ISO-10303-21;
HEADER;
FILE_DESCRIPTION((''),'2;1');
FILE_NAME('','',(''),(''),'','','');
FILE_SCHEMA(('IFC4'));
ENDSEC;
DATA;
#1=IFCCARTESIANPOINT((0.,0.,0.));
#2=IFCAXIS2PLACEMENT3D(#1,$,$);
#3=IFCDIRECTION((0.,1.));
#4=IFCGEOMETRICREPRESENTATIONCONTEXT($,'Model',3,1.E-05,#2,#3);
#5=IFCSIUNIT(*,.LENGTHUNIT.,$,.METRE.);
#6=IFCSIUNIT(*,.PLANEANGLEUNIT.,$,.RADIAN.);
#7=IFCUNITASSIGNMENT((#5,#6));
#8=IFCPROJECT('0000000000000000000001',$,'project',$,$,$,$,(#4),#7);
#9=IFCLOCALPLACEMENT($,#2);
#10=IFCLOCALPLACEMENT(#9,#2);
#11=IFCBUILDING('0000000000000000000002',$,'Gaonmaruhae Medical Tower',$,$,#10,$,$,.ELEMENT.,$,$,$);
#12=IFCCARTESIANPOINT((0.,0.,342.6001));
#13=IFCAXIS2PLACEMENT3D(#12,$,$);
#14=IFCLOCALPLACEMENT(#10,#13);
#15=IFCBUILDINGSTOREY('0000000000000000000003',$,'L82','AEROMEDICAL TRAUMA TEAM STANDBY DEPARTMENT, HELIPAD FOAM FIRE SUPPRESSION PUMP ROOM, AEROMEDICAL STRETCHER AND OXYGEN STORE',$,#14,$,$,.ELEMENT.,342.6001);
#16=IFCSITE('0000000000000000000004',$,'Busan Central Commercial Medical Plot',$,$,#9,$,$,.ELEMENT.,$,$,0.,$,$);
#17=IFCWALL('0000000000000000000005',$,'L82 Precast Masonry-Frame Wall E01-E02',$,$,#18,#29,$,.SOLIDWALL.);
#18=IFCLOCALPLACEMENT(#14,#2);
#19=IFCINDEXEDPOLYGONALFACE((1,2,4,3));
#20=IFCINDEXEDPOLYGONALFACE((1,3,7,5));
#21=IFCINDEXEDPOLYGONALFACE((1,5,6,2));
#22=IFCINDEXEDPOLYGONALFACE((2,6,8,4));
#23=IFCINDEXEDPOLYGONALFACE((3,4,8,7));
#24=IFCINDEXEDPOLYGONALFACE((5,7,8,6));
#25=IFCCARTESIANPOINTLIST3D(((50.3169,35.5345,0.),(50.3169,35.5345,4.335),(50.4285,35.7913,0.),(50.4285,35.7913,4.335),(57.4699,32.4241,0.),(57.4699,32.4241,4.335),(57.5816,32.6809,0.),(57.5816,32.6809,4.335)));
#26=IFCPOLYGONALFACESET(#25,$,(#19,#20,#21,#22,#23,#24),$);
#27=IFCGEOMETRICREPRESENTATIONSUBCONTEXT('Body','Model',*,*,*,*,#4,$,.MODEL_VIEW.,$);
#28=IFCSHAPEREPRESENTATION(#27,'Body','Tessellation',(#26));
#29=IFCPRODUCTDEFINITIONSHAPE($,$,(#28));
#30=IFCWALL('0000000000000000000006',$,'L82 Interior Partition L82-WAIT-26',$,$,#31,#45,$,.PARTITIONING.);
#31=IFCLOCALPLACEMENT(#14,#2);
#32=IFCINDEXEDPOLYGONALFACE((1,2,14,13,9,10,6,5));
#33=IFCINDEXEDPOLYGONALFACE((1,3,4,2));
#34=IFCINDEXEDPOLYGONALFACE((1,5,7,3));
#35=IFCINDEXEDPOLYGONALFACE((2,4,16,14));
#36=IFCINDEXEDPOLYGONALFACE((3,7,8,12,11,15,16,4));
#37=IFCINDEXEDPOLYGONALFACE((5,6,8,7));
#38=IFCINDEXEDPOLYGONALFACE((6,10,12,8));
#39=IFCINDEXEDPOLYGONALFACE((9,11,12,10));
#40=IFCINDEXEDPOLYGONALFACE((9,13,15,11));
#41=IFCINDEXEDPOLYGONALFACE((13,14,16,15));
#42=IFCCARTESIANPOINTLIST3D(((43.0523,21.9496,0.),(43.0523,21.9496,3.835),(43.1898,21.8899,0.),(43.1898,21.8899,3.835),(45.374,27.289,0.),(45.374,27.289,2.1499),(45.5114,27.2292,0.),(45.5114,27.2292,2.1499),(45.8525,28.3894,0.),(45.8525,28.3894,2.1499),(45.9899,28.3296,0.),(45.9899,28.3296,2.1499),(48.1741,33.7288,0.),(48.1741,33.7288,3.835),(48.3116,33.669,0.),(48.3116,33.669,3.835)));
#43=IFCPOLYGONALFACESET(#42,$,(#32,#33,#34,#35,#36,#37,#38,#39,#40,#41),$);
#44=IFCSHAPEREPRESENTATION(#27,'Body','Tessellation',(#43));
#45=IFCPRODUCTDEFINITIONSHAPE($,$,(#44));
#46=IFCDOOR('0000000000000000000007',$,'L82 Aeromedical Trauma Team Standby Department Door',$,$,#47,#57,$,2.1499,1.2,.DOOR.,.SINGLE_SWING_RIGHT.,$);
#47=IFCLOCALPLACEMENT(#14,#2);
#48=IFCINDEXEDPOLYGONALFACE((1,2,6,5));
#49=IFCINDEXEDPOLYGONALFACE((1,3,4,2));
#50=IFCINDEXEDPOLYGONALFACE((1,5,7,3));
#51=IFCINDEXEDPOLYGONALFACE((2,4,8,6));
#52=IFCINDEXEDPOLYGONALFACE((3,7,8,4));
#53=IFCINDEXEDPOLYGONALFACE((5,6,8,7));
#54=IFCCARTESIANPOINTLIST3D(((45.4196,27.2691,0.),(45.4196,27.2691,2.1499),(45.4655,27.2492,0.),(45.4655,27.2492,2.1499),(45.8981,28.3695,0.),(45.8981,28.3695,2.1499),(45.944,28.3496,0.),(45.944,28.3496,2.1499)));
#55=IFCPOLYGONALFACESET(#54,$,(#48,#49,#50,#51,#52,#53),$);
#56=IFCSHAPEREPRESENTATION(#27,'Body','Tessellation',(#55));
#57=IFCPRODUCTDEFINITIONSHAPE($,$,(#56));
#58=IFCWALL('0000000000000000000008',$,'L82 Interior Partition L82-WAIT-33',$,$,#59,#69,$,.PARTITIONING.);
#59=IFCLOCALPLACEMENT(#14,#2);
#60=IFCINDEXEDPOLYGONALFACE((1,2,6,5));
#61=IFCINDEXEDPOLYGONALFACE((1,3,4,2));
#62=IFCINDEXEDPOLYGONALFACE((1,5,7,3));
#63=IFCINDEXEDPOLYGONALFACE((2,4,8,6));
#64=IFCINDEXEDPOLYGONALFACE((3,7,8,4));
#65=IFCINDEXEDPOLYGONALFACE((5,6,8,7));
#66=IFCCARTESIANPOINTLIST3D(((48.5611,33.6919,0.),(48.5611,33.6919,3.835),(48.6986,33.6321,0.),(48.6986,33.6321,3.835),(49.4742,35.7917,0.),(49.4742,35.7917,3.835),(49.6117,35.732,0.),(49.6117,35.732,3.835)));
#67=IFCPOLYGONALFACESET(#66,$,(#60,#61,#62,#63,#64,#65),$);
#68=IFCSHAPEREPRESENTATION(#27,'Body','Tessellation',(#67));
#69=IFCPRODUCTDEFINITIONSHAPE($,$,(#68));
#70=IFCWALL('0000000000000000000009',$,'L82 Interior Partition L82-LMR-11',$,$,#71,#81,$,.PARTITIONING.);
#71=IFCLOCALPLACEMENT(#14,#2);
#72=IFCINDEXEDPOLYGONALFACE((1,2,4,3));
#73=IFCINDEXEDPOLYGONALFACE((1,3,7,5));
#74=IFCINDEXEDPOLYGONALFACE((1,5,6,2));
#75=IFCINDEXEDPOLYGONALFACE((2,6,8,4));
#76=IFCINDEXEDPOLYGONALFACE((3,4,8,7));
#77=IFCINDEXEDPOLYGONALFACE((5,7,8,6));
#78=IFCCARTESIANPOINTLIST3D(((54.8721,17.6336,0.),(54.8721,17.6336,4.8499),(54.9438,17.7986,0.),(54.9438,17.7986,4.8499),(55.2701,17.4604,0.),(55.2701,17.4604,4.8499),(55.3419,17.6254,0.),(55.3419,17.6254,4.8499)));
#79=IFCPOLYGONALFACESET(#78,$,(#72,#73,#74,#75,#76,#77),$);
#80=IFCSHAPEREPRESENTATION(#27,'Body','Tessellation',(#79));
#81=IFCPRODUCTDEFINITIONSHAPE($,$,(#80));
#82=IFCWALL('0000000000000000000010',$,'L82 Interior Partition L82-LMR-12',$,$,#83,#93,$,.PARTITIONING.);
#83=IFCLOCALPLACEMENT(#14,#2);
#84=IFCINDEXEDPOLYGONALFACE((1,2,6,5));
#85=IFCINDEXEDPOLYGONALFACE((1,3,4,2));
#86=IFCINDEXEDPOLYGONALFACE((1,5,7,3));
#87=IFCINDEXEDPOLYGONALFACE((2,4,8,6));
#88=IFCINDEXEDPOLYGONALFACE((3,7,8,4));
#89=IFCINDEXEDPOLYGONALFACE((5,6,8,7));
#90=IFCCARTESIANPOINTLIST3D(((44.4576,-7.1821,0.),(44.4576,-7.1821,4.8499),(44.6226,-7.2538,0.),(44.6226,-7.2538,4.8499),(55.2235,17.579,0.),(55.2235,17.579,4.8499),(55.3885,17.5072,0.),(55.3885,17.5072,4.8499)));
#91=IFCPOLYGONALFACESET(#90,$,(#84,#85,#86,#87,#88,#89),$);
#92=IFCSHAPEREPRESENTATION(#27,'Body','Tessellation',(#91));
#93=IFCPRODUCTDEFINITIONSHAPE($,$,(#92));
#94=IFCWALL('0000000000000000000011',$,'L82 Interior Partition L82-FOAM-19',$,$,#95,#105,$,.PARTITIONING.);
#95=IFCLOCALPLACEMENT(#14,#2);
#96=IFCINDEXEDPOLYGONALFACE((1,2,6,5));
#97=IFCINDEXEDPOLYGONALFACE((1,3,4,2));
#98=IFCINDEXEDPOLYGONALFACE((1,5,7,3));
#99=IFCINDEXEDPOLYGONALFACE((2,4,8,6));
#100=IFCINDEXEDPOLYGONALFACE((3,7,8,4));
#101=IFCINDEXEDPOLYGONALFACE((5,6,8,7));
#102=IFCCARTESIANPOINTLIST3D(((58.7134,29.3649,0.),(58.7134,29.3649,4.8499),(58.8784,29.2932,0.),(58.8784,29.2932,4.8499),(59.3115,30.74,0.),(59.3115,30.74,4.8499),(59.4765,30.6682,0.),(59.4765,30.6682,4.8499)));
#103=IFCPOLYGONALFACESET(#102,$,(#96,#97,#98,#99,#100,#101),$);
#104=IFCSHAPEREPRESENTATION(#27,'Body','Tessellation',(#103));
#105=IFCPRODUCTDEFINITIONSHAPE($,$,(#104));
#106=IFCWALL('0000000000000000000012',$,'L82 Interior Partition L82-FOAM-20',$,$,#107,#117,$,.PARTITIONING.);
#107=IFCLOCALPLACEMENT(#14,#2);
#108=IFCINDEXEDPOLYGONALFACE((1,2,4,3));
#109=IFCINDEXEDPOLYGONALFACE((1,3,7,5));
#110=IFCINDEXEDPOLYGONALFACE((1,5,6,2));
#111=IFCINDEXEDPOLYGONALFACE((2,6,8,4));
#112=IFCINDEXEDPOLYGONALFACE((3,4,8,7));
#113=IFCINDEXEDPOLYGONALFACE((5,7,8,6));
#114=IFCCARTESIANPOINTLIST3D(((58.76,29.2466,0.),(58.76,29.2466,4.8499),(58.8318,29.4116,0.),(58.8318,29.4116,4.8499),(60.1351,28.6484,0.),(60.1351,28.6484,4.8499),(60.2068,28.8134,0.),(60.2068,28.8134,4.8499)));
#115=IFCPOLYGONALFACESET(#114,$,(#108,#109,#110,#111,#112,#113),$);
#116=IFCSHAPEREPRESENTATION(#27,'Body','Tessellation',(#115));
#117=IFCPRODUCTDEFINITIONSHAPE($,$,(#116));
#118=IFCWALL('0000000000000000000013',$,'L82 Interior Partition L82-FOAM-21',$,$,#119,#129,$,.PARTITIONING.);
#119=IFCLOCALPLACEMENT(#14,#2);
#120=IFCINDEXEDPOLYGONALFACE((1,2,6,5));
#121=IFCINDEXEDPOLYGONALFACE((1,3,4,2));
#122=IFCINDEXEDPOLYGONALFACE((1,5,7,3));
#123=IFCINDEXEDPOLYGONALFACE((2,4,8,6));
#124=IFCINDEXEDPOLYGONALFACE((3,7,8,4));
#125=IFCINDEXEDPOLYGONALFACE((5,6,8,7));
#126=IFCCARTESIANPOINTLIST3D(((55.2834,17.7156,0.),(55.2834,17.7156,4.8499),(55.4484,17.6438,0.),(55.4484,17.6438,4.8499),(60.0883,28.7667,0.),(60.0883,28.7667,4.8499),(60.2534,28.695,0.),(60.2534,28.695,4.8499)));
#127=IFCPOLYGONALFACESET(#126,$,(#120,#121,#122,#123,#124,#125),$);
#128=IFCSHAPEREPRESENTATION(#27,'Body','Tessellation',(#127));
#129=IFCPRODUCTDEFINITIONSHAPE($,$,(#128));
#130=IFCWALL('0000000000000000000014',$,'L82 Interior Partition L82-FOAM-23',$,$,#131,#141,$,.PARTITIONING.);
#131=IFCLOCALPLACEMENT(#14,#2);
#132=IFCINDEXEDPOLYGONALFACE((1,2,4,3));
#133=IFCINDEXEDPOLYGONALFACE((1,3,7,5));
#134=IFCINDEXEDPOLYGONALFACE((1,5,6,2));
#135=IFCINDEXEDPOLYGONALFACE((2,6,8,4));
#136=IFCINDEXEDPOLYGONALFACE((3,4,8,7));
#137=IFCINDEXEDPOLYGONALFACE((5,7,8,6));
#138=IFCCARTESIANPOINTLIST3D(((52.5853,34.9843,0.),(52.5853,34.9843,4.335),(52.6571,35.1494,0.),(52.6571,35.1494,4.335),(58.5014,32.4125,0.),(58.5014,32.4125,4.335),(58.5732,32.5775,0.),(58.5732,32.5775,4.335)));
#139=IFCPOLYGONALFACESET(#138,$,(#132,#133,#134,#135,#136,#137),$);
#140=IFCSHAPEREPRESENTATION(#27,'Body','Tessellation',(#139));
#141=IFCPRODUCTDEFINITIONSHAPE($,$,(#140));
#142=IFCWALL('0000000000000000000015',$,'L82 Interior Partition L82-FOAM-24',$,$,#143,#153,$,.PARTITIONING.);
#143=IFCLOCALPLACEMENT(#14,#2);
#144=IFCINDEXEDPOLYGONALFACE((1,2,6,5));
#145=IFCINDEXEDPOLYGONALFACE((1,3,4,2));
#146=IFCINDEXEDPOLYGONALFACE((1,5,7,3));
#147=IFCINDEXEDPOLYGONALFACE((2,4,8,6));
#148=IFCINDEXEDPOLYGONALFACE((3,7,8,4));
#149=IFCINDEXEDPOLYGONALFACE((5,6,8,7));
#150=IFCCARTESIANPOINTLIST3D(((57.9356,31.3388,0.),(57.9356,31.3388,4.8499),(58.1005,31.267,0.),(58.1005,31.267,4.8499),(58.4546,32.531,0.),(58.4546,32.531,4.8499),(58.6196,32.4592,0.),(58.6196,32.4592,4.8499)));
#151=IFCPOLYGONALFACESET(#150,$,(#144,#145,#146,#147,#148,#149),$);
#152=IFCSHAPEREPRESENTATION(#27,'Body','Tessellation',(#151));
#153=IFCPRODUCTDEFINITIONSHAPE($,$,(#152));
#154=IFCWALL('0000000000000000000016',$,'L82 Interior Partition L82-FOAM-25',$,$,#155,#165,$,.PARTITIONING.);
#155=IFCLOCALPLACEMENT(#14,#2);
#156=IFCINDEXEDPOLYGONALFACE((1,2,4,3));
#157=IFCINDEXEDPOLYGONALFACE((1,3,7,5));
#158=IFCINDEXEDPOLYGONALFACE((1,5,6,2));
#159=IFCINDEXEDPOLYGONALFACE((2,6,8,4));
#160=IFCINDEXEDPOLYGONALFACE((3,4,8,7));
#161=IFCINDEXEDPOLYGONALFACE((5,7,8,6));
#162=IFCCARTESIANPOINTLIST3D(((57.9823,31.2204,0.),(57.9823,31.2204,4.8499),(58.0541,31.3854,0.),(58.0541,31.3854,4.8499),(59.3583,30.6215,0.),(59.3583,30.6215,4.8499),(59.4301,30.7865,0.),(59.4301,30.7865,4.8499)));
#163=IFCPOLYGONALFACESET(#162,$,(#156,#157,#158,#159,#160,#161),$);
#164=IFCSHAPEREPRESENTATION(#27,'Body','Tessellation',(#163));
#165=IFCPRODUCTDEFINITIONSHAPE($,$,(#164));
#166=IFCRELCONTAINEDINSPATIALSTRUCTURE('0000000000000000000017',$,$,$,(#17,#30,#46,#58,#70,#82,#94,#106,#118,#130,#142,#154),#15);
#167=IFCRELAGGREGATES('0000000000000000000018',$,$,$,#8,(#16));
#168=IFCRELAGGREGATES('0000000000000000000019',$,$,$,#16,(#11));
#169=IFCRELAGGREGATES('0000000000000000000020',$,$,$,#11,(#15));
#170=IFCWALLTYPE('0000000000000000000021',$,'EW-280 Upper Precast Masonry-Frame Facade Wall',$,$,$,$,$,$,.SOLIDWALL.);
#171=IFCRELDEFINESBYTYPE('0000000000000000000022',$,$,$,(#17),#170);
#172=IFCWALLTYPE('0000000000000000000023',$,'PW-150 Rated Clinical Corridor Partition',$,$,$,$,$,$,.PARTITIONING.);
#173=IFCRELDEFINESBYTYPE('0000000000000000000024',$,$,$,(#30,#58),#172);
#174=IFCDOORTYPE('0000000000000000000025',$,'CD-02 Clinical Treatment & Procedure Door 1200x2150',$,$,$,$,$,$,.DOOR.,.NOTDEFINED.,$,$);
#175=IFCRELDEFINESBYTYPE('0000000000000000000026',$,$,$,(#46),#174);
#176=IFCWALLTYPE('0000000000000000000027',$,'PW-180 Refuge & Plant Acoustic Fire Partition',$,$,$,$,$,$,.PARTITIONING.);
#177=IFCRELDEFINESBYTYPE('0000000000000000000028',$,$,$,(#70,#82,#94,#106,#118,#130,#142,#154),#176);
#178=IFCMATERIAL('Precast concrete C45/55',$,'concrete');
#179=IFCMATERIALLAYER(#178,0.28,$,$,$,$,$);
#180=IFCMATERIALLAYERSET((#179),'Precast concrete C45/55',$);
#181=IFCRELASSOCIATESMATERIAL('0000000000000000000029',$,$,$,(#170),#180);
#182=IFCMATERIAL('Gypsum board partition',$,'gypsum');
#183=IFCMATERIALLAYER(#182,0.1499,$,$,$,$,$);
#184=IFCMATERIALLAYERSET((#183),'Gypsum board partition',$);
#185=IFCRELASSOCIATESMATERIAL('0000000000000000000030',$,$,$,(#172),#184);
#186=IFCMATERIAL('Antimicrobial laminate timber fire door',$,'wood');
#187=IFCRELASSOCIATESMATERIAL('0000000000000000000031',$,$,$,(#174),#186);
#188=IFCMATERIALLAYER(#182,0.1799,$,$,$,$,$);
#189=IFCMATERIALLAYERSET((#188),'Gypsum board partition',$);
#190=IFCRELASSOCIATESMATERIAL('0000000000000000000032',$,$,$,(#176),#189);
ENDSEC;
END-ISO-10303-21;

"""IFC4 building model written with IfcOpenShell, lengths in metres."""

from ifc_helpers import new_model, si_unit, direction, frame, frame_2d, origin, place, context, subcontext, project, spatial, rectangle, extrude, material, layer, layer_set, type_object, element, fill, save


model = new_model("IFC4")

# Units and contexts
model_context = context("Model", 3, precision=1e-05, world=origin(), true_north=direction((0.0, 1.0)))
body_context = subcontext(model_context, "Body", "Model", "MODEL_VIEW")
ifc_project = project(units=[si_unit("LENGTHUNIT", "METRE"), si_unit("PLANEANGLEUNIT", "RADIAN")], contexts=[model_context])

# Site, building, storey
site_placement = place(None, origin())
site = spatial("IfcSite", under=ifc_project, at=site_placement, Name="Busan Central Commercial Medical Plot", CompositionType="ELEMENT", RefElevation=0.0)
building_placement = place(site_placement, origin())
building = spatial("IfcBuilding", under=site, at=building_placement, Name="Gaonmaruhae Medical Tower", CompositionType="ELEMENT")
storey_placement = place(building_placement, frame((0.0, 0.0, 342.6001)))
storey = spatial("IfcBuildingStorey", under=building, at=storey_placement, Name="L82", Description="AEROMEDICAL TRAUMA TEAM STANDBY DEPARTMENT, HELIPAD FOAM FIRE SUPPRESSION PUMP ROOM, AEROMEDICAL STRETCHER AND OXYGEN STORE", CompositionType="ELEMENT", Elevation=342.6001)

# Shared definitions
ifc_material_1 = material(Name="Precast concrete C45/55", Category="concrete")
ifc_layer_1 = layer(ifc_material_1, 0.28)
ifc_layer_set_1 = layer_set([ifc_layer_1], Name="Precast concrete C45/55")
wall_type_1 = type_object("IfcWallType", Name="EW-280 Upper Precast Masonry-Frame Facade Wall", PredefinedType="SOLIDWALL", material=ifc_layer_set_1)

# Wall
wall_1_placement = place(storey_placement, frame((50.3728, 35.6628, 0.0), z_axis=(0.0, 0.0, 1.0), x_axis=(0.917055, -0.39876, 0.0)))
element("IfcWall", 1, at=wall_1_placement, inside=storey, type_object=wall_type_1, Name="L82 Precast Masonry-Frame Wall E01-E02", PredefinedType="SOLIDWALL", context=body_context, shape_type="SweptSolid", body=[
    extrude(rectangle(XDim=7.8, YDim=0.28, at=frame_2d((3.8999, 0.0))), origin(), (0.0, 0.0, 1.0), 4.335),
])

# Wall, opening, door
ifc_material_2 = material(Name="Gypsum board partition", Category="gypsum")
ifc_layer_2 = layer(ifc_material_2, 0.1499)
ifc_layer_set_2 = layer_set([ifc_layer_2], Name="Gypsum board partition")
wall_type_2 = type_object("IfcWallType", Name="PW-150 Rated Clinical Corridor Partition", PredefinedType="PARTITIONING", material=ifc_layer_set_2)
wall_2_placement = place(storey_placement, frame((48.2429, 33.699, 0.0), z_axis=(0.0, 0.0, 1.0), x_axis=(-0.398759, -0.917056, 0.0)))
wall_2 = element("IfcWall", 2, at=wall_2_placement, inside=storey, type_object=wall_type_2, Name="L82 Interior Partition L82-WAIT-26", PredefinedType="PARTITIONING", context=body_context, shape_type="SweptSolid", body=[
    extrude(rectangle(XDim=12.8445, YDim=0.1499, at=frame_2d((6.4224, 0.0))), origin(), (0.0, 0.0, 1.0), 3.835),
])
opening_1_placement = place(wall_2_placement, frame((5.8223, 0.0, 0.0)))
opening_1 = element("IfcOpeningElement", 3, at=opening_1_placement, cuts=wall_2, PredefinedType="OPENING", context=body_context, shape_type="SweptSolid", body=[
    extrude(rectangle(XDim=1.2, YDim=2.1499, at=frame_2d((0.6001, 1.075))), frame((0.0, 0.085, 0.0), z_axis=(0.0, -1.0, 0.0), x_axis=(1.0, 0.0, 0.0)), (0.0, 0.0, 1.0), 0.1699),
])
ifc_material_3 = material(Name="Antimicrobial laminate timber fire door", Category="wood")
door_type = type_object("IfcDoorType", Name="CD-02 Clinical Treatment & Procedure Door 1200x2150", OperationType="NOTDEFINED", PredefinedType="DOOR", material=ifc_material_3)
door_placement = place(opening_1_placement, origin())
door = element("IfcDoor", 4, at=door_placement, inside=storey, type_object=door_type, Name="L82 Aeromedical Trauma Team Standby Department Door", OperationType="SINGLE_SWING_RIGHT", OverallHeight=2.1499, OverallWidth=1.2, PredefinedType="DOOR", context=body_context, shape_type="SweptSolid", body=[
    extrude(rectangle(XDim=1.2, YDim=2.1499, at=frame_2d((0.6001, 1.075))), frame((0.0, 0.0249, 0.0), z_axis=(0.0, -1.0, 0.0), x_axis=(1.0, 0.0, 0.0)), (0.0, 0.0, 1.0), 0.05),
])
fill(opening_1, door)

# Walls
wall_3_placement = place(storey_placement, frame((49.543, 35.762, 0.0), z_axis=(0.0, 0.0, 1.0), x_axis=(-0.398765, -0.917053, 0.0)))
element("IfcWall", 5, at=wall_3_placement, inside=storey, type_object=wall_type_2, Name="L82 Interior Partition L82-WAIT-33", PredefinedType="PARTITIONING", context=body_context, shape_type="SweptSolid", body=[
    extrude(rectangle(XDim=2.2898, YDim=0.1499, at=frame_2d((1.145, 0.0))), origin(), (0.0, 0.0, 1.0), 3.835),
])
ifc_layer_3 = layer(ifc_material_2, 0.1799)
ifc_layer_set_3 = layer_set([ifc_layer_3], Name="Gypsum board partition")
wall_type_3 = type_object("IfcWallType", Name="PW-180 Refuge & Plant Acoustic Fire Partition", PredefinedType="PARTITIONING", material=ifc_layer_set_3)
wall_4_placement = place(storey_placement, frame((54.908, 17.7161, 0.0), z_axis=(0.0, 0.0, 1.0), x_axis=(0.917007, -0.39887, 0.0)))
element("IfcWall", 6, at=wall_4_placement, inside=storey, type_object=wall_type_3, Name="L82 Interior Partition L82-LMR-11", PredefinedType="PARTITIONING", context=body_context, shape_type="SweptSolid", body=[
    extrude(rectangle(XDim=0.4341, YDim=0.1799, at=frame_2d((0.217, 0.0))), origin(), (0.0, 0.0, 1.0), 4.8499),
])
wall_5_placement = place(storey_placement, frame((55.3059, 17.543, 0.0), z_axis=(0.0, 0.0, 1.0), x_axis=(-0.398733, -0.917067, 0.0)))
element("IfcWall", 7, at=wall_5_placement, inside=storey, type_object=wall_type_3, Name="L82 Interior Partition L82-LMR-12", PredefinedType="PARTITIONING", context=body_context, shape_type="SweptSolid", body=[
    extrude(rectangle(XDim=27.0002, YDim=0.1799, at=frame_2d((13.5, 0.0))), origin(), (0.0, 0.0, 1.0), 4.8499),
])
for number, where, z_axis, x_axis, name in (
    (8, (59.394, 30.7041, 0.0), (0.0, 0.0, 1.0), (-0.398905, -0.916992, 0.0), "L82 Interior Partition L82-FOAM-19"),
    (9, (58.7959, 29.3291, 0.0), (0.0, 0.0, 1.0), (0.916992, -0.398905, 0.0), "L82 Interior Partition L82-FOAM-20"),
):
    element("IfcWall", number, at=place(storey_placement, frame(where, z_axis=z_axis, x_axis=x_axis)), inside=storey, type_object=wall_type_3, Name=name, PredefinedType="PARTITIONING", context=body_context, shape_type="SweptSolid", body=[
        extrude(rectangle(XDim=1.4995, YDim=0.1799, at=frame_2d((0.7498, 0.0))), origin(), (0.0, 0.0, 1.0), 4.8499),
    ])
wall_6_placement = place(storey_placement, frame((60.1709, 28.731, 0.0), z_axis=(0.0, 0.0, 1.0), x_axis=(-0.398736, -0.917066, 0.0)))
element("IfcWall", 10, at=wall_6_placement, inside=storey, type_object=wall_type_3, Name="L82 Interior Partition L82-FOAM-21", PredefinedType="PARTITIONING", context=body_context, shape_type="SweptSolid", body=[
    extrude(rectangle(XDim=12.0505, YDim=0.1799, at=frame_2d((6.0254, 0.0))), origin(), (0.0, 0.0, 1.0), 4.8499),
])
wall_7_placement = place(storey_placement, frame((52.6211, 35.0669, 0.0), z_axis=(0.0, 0.0, 1.0), x_axis=(0.917093, -0.398674, 0.0)))
element("IfcWall", 11, at=wall_7_placement, inside=storey, type_object=wall_type_3, Name="L82 Interior Partition L82-FOAM-23", PredefinedType="PARTITIONING", context=body_context, shape_type="SweptSolid", body=[
    extrude(rectangle(XDim=6.4509, YDim=0.1799, at=frame_2d((3.2256, 0.0))), origin(), (0.0, 0.0, 1.0), 4.335),
])
wall_8_placement = place(storey_placement, frame((58.5371, 32.4951, 0.0), z_axis=(0.0, 0.0, 1.0), x_axis=(-0.399193, -0.916867, 0.0)))
element("IfcWall", 12, at=wall_8_placement, inside=storey, type_object=wall_type_3, Name="L82 Interior Partition L82-FOAM-24", PredefinedType="PARTITIONING", context=body_context, shape_type="SweptSolid", body=[
    extrude(rectangle(XDim=1.3003, YDim=0.1799, at=frame_2d((0.6501, 0.0))), origin(), (0.0, 0.0, 1.0), 4.8499),
])
wall_9_placement = place(storey_placement, frame((58.0181, 31.303, 0.0), z_axis=(0.0, 0.0, 1.0), x_axis=(0.916917, -0.399077, 0.0)))
element("IfcWall", 13, at=wall_9_placement, inside=storey, type_object=wall_type_3, Name="L82 Interior Partition L82-FOAM-25", PredefinedType="PARTITIONING", context=body_context, shape_type="SweptSolid", body=[
    extrude(rectangle(XDim=1.5007, YDim=0.1799, at=frame_2d((0.7505, 0.0))), origin(), (0.0, 0.0, 1.0), 4.8499),
])

save(model, "model.ifc")
